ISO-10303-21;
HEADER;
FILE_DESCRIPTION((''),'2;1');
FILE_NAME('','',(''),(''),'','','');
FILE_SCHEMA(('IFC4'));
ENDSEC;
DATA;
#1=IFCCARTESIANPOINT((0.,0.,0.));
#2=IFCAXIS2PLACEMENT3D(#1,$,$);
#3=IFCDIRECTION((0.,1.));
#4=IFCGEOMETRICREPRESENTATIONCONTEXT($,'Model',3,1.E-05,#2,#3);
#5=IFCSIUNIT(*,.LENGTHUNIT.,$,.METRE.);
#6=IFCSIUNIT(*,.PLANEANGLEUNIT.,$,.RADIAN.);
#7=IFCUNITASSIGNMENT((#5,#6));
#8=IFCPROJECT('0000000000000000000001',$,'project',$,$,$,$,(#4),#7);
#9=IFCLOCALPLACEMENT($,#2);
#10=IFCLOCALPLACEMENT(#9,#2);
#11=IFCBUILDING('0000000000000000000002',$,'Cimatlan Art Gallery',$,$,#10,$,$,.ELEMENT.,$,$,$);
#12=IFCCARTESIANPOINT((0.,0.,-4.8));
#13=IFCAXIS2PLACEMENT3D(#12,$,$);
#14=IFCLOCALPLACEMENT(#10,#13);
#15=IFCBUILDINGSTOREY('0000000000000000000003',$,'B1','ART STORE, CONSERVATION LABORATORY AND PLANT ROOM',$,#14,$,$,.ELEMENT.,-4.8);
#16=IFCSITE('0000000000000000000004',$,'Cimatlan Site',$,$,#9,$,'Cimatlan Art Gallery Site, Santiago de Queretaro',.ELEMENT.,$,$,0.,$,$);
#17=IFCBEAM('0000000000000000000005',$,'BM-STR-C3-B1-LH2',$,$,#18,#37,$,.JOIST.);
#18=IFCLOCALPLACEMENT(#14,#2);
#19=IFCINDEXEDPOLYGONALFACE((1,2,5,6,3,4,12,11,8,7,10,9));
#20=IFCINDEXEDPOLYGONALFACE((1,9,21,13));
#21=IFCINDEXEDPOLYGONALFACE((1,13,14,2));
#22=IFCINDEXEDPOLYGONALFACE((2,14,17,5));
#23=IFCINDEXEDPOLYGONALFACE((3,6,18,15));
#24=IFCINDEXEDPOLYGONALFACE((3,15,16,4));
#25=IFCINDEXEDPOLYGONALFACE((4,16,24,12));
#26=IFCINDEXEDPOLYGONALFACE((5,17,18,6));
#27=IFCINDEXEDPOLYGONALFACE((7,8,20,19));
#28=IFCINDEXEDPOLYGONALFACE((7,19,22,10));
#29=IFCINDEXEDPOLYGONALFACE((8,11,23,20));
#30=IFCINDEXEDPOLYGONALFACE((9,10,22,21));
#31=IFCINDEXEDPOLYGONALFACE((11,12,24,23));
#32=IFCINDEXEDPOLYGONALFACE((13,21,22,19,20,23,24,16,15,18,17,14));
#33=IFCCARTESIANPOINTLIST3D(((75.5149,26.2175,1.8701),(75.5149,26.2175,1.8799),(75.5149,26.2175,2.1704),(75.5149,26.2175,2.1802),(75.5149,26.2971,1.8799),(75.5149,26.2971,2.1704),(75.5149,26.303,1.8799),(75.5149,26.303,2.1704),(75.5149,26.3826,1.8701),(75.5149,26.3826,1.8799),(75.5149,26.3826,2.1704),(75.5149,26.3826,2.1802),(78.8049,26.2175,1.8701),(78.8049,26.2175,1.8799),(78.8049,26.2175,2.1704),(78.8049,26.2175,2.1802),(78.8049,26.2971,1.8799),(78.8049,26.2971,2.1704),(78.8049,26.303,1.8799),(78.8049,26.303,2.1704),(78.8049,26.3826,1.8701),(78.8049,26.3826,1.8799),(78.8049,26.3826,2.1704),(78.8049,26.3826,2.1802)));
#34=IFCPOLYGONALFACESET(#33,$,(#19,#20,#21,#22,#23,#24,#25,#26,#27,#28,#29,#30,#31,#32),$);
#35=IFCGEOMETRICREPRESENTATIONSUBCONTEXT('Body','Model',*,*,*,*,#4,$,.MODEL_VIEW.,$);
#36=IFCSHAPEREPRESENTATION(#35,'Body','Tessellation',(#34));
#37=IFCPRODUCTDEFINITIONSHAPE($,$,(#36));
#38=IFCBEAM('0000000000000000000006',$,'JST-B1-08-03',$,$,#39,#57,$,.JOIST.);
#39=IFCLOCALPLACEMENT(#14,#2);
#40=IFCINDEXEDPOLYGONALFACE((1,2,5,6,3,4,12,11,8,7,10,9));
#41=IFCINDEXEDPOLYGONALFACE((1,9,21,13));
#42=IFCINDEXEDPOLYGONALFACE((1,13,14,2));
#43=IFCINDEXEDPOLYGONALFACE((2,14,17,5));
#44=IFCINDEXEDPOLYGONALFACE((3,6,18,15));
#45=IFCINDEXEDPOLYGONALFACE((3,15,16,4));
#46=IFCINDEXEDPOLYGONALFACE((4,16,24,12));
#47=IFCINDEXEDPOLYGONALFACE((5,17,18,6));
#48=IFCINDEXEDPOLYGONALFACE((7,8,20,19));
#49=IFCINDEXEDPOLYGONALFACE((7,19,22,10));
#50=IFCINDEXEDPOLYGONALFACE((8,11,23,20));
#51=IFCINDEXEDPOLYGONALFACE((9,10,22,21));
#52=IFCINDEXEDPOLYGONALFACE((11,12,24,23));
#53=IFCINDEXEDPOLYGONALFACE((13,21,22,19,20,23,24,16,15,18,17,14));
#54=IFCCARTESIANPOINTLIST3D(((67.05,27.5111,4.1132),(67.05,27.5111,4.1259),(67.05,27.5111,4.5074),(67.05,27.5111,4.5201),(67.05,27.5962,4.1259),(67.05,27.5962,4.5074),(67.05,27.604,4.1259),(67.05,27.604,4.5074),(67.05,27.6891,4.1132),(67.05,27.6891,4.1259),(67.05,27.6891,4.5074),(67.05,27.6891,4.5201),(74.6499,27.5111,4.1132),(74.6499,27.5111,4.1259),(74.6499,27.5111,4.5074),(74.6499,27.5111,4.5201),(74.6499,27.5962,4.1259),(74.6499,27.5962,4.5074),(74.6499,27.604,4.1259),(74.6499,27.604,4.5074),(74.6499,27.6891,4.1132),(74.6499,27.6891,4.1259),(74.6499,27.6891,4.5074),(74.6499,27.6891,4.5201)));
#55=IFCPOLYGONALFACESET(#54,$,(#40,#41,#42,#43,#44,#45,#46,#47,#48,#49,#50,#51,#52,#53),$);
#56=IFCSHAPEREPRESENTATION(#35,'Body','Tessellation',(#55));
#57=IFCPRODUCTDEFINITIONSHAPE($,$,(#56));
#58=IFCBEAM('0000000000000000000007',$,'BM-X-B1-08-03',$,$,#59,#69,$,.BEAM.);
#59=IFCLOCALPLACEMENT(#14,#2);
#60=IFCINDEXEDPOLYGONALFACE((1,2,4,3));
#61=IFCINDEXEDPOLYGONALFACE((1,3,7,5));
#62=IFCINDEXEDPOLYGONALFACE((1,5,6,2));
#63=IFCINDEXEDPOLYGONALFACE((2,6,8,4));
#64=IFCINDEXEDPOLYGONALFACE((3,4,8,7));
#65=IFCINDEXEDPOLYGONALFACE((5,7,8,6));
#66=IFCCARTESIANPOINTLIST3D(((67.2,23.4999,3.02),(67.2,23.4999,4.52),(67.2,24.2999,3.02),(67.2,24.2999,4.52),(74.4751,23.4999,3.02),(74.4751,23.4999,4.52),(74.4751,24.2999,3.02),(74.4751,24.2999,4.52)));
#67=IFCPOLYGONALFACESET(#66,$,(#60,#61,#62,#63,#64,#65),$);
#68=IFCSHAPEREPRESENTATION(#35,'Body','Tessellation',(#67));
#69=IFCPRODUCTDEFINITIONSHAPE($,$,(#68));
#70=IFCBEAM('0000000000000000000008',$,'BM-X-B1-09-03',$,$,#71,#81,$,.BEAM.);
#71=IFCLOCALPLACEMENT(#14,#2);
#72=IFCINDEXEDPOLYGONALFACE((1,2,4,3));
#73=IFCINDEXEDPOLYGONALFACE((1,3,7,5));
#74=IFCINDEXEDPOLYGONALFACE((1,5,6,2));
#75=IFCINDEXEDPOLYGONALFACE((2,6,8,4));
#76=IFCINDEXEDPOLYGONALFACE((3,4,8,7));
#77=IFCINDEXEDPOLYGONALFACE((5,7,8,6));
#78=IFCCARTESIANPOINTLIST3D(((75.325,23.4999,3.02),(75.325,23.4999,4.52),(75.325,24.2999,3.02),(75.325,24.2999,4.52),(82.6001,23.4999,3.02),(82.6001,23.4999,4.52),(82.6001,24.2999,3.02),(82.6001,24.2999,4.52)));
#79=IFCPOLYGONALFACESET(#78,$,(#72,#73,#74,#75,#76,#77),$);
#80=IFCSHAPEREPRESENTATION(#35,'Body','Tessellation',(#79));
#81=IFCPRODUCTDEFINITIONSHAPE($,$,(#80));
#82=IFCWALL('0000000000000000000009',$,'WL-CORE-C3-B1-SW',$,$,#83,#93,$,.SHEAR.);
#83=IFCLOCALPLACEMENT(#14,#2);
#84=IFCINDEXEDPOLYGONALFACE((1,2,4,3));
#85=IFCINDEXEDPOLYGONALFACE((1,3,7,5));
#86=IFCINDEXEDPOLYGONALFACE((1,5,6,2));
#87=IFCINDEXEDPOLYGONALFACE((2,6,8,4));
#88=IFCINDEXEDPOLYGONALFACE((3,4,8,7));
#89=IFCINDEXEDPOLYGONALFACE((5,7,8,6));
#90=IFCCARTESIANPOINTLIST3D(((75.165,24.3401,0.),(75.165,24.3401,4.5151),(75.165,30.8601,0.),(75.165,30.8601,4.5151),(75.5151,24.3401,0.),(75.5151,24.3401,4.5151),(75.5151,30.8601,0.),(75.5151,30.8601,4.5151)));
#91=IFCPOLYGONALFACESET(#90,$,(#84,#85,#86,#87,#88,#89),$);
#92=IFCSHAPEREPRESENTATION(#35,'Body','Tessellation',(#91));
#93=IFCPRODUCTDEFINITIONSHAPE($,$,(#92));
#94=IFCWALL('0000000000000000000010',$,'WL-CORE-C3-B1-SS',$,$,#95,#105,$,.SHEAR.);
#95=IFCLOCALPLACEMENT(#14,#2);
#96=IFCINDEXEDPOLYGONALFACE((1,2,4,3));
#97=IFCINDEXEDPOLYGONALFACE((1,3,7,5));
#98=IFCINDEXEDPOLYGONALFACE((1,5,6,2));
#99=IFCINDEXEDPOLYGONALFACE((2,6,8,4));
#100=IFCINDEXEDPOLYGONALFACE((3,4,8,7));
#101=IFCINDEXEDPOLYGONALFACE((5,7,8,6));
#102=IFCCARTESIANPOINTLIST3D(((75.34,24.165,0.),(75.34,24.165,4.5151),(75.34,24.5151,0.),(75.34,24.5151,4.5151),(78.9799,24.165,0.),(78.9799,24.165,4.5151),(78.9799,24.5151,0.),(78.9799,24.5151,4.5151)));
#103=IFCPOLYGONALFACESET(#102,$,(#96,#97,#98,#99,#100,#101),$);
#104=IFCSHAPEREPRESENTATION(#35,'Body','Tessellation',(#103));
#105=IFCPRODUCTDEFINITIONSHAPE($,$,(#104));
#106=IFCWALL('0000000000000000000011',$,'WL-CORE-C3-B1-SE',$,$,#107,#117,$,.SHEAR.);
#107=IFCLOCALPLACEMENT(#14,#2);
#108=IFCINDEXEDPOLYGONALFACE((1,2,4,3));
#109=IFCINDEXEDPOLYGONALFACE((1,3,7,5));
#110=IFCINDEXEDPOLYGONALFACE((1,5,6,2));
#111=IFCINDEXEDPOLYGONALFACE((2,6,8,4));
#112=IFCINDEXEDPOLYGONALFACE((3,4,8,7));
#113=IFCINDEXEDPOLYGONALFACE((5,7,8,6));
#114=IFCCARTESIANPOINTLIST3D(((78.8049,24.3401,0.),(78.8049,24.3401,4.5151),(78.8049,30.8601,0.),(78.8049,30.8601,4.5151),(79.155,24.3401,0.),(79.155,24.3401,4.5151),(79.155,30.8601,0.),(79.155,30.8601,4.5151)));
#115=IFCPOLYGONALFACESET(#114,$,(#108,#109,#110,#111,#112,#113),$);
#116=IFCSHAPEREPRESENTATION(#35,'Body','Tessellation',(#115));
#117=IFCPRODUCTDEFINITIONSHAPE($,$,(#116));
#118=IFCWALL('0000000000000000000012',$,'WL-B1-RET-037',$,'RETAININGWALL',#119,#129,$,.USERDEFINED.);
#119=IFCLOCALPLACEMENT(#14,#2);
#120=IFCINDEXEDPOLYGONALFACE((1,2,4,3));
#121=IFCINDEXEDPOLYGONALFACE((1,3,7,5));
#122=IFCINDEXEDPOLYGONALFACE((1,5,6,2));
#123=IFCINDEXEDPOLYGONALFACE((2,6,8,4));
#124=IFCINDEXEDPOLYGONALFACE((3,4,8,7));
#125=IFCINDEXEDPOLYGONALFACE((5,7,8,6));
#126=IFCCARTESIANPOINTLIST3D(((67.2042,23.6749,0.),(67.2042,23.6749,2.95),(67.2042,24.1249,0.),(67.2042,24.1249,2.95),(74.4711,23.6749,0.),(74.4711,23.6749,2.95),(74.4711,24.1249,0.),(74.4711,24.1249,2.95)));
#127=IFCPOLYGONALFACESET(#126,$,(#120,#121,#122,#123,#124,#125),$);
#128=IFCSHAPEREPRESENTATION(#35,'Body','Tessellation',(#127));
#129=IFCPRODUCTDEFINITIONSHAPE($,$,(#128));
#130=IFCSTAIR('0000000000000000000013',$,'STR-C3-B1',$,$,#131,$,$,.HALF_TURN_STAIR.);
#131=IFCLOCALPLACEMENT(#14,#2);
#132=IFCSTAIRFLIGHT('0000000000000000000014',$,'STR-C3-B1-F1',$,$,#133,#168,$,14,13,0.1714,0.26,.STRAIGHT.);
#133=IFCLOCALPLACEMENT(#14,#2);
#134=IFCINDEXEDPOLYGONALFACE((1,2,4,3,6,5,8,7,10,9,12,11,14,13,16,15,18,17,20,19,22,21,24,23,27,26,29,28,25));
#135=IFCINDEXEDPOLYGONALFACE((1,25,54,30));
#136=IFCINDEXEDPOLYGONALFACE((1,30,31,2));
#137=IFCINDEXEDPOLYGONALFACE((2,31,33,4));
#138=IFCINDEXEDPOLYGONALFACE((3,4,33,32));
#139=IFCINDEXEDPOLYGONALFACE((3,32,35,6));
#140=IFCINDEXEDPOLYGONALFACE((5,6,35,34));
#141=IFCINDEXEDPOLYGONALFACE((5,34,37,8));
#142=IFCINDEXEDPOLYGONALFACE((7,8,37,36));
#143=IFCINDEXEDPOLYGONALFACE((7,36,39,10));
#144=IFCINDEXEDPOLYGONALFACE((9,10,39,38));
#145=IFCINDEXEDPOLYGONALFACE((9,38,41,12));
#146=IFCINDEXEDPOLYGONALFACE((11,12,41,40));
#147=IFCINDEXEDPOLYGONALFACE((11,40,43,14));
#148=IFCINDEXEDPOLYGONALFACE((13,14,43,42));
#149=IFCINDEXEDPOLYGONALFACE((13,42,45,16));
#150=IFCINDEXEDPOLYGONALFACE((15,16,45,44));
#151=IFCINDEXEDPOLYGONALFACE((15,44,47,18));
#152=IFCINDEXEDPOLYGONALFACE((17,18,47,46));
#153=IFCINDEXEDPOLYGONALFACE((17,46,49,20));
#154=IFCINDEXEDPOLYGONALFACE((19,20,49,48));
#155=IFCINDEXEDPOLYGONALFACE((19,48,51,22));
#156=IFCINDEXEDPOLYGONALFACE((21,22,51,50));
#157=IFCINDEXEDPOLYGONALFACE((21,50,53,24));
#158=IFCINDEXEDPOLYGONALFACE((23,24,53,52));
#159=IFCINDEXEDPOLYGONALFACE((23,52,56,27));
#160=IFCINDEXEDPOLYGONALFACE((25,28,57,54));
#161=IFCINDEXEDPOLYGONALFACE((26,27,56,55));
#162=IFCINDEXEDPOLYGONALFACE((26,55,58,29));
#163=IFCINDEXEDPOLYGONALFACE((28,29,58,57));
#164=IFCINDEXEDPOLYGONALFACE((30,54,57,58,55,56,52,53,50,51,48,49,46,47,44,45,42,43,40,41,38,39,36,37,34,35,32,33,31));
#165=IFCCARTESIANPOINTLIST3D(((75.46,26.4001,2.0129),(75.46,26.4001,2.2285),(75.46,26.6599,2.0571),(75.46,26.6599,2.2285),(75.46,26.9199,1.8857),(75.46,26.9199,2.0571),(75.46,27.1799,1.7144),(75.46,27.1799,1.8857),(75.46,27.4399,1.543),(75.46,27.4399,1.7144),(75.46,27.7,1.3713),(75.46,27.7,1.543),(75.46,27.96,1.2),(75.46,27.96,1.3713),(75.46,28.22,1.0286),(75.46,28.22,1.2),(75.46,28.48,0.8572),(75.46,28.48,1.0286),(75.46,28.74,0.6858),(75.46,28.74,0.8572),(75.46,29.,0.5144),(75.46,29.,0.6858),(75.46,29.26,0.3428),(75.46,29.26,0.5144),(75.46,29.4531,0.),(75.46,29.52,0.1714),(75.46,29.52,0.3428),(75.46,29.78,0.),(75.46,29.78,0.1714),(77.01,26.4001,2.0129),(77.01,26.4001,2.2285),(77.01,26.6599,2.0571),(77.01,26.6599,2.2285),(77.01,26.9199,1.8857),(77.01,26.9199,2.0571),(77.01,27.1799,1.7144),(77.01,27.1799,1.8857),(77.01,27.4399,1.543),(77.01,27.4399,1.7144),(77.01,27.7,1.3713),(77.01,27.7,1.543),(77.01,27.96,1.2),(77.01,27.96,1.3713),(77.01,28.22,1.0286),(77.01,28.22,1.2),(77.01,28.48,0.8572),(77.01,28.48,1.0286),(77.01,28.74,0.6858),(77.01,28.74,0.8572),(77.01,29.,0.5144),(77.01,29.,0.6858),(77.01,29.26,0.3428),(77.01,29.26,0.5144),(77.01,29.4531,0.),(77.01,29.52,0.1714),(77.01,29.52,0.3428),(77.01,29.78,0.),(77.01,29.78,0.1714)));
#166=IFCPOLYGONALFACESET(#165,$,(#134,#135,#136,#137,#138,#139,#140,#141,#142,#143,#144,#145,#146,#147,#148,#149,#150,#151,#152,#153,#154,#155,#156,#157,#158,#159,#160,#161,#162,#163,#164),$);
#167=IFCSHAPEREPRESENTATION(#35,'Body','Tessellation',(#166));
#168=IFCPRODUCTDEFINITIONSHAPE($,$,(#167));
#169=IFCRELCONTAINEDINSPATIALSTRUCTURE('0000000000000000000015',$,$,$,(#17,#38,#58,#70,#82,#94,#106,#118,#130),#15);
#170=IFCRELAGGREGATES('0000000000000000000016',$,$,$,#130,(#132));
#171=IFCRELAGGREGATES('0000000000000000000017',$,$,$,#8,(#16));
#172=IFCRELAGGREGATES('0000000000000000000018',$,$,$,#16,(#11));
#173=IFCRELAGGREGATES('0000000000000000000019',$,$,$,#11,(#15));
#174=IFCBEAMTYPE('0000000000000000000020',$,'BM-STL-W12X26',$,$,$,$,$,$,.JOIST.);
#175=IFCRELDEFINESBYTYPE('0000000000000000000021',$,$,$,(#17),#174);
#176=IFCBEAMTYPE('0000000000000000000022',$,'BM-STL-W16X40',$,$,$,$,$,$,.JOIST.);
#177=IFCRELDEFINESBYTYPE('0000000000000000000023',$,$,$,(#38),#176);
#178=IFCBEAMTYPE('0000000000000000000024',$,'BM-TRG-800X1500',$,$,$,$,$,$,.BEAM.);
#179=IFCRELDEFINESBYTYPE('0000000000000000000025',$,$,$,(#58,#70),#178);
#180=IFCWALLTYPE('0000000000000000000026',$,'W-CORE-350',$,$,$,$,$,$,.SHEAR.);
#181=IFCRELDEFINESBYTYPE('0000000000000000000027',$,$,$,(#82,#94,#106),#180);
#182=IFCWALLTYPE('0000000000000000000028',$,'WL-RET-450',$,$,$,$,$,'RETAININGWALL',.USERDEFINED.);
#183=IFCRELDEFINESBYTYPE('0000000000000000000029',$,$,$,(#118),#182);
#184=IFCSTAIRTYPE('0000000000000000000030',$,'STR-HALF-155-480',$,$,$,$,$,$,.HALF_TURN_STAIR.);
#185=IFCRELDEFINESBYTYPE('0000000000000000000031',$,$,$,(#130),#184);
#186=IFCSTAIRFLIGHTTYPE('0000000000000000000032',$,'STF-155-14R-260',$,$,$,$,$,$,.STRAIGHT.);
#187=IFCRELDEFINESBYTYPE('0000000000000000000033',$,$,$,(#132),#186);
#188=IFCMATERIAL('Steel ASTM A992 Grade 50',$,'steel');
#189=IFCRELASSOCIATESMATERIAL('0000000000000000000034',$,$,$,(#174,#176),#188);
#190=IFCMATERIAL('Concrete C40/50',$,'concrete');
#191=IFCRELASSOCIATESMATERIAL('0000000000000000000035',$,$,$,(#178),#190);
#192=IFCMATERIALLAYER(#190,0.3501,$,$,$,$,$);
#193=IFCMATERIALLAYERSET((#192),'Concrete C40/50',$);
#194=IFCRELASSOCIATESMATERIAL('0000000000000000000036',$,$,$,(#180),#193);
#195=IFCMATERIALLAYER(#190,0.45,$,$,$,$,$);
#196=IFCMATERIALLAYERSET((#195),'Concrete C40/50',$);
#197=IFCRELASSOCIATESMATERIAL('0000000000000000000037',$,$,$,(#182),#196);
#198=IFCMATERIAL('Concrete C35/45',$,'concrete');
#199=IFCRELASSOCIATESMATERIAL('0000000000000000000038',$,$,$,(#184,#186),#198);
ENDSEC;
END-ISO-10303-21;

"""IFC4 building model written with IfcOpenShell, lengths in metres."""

from ifc_helpers import new_model, si_unit, direction, frame, frame_2d, origin, origin_2d, place, context, subcontext, project, spatial, polyline, rectangle, i_section, outline, extrude, material, layer, layer_set, material_profile, profile_set, type_object, element, aggregate, save


model = new_model("IFC4")

# Units and contexts
model_context = context("Model", 3, precision=1e-05, world=origin(), true_north=direction((0.0, 1.0)))
body_context = subcontext(model_context, "Body", "Model", "MODEL_VIEW")
ifc_project = project(units=[si_unit("LENGTHUNIT", "METRE"), si_unit("PLANEANGLEUNIT", "RADIAN")], contexts=[model_context])

# Site, building, storey
site_placement = place(None, origin())
site = spatial("IfcSite", under=ifc_project, at=site_placement, Name="Cimatlan Site", LongName="Cimatlan Art Gallery Site, Santiago de Queretaro", CompositionType="ELEMENT", RefElevation=0.0)
building_placement = place(site_placement, origin())
building = spatial("IfcBuilding", under=site, at=building_placement, Name="Cimatlan Art Gallery", CompositionType="ELEMENT")
storey_placement = place(building_placement, frame((0.0, 0.0, -4.8)))
storey = spatial("IfcBuildingStorey", under=building, at=storey_placement, Name="B1", Description="ART STORE, CONSERVATION LABORATORY AND PLANT ROOM", CompositionType="ELEMENT", Elevation=-4.8)

# Shared definitions
ifc_material_1 = material(Name="Concrete C40/50", Category="concrete")

# Beams
ifc_material_2 = material(Name="Steel ASTM A992 Grade 50", Category="steel")
ifc_material_profile_1 = material_profile(ifc_material_2, i_section(OverallWidth=0.165, OverallDepth=0.3101, WebThickness=0.0059, FlangeThickness=0.0098, at=origin_2d()), Name="W12X26")
ifc_profile_set_1 = profile_set([ifc_material_profile_1], Name="Steel ASTM A992 Grade 50")
beam_type_1 = type_object("IfcBeamType", Name="BM-STL-W12X26", PredefinedType="JOIST", material=ifc_profile_set_1)
for number, where, z_axis, x_axis, name in (
    (1, (75.5149, 26.3, 2.0251), (1.0, 0.0, 0.0), (0.0, 1.0, 0.0), "BM-STR-C3-B1-LH2"),
):
    element("IfcBeam", number, at=place(storey_placement, frame(where, z_axis=z_axis, x_axis=x_axis)), inside=storey, type_object=beam_type_1, Name=name, PredefinedType="JOIST", context=body_context, shape_type="SweptSolid", body=[
        extrude(i_section(OverallWidth=0.165, OverallDepth=0.3101, WebThickness=0.0059, FlangeThickness=0.0098, at=origin_2d()), origin(), (0.0, 0.0, 1.0), 3.29),
    ])
ifc_material_profile_2 = material_profile(ifc_material_2, i_section(OverallWidth=0.178, OverallDepth=0.407, WebThickness=0.0078, FlangeThickness=0.0127, at=origin_2d()), Name="W16X40")
ifc_profile_set_2 = profile_set([ifc_material_profile_2], Name="Steel ASTM A992 Grade 50")
beam_type_2 = type_object("IfcBeamType", Name="BM-STL-W16X40", PredefinedType="JOIST", material=ifc_profile_set_2)
beam_1_placement = place(storey_placement, frame((67.05, 27.6001, 4.3167), z_axis=(1.0, 0.0, 0.0), x_axis=(0.0, 1.0, 0.0)))
element("IfcBeam", 2, at=beam_1_placement, inside=storey, type_object=beam_type_2, Name="JST-B1-08-03", PredefinedType="JOIST", context=body_context, shape_type="SweptSolid", body=[
    extrude(i_section(OverallWidth=0.178, OverallDepth=0.407, WebThickness=0.0078, FlangeThickness=0.0127, at=origin_2d()), origin(), (0.0, 0.0, 1.0), 7.5999),
])
ifc_material_profile_3 = material_profile(ifc_material_1, rectangle(XDim=0.8, YDim=1.5, at=origin_2d()), Name="RC800X1500")
ifc_profile_set_3 = profile_set([ifc_material_profile_3], Name="Concrete C40/50")
beam_type_3 = type_object("IfcBeamType", Name="BM-TRG-800X1500", PredefinedType="BEAM", material=ifc_profile_set_3)
for number, where, z_axis, x_axis, name in (
    (3, (67.2, 23.8999, 3.77), (1.0, 0.0, 0.0), (0.0, 1.0, 0.0), "BM-X-B1-08-03"),
    (4, (75.325, 23.8999, 3.77), (1.0, 0.0, 0.0), (0.0, 1.0, 0.0), "BM-X-B1-09-03"),
):
    element("IfcBeam", number, at=place(storey_placement, frame(where, z_axis=z_axis, x_axis=x_axis)), inside=storey, type_object=beam_type_3, Name=name, PredefinedType="BEAM", context=body_context, shape_type="SweptSolid", body=[
        extrude(rectangle(XDim=0.8, YDim=1.5, at=origin_2d()), origin(), (0.0, 0.0, 1.0), 7.2751),
    ])

# Walls
ifc_layer_1 = layer(ifc_material_1, 0.3501)
ifc_layer_set_1 = layer_set([ifc_layer_1], Name="Concrete C40/50")
wall_type_1 = type_object("IfcWallType", Name="W-CORE-350", PredefinedType="SHEAR", material=ifc_layer_set_1)
wall_1_placement = place(storey_placement, frame((75.3401, 24.3401, 0.0), z_axis=(0.0, 0.0, 1.0), x_axis=(0.0, 1.0, 0.0)))
element("IfcWall", 5, at=wall_1_placement, inside=storey, type_object=wall_type_1, Name="WL-CORE-C3-B1-SW", PredefinedType="SHEAR", context=body_context, shape_type="SweptSolid", body=[
    extrude(rectangle(XDim=6.52, YDim=0.3501, at=frame_2d((3.26, 0.0))), origin(), (0.0, 0.0, 1.0), 4.5151),
])
wall_2_placement = place(storey_placement, frame((75.3401, 24.3401, 0.0), z_axis=(0.0, 0.0, 1.0), x_axis=(1.0, 0.0, 0.0)))
element("IfcWall", 6, at=wall_2_placement, inside=storey, type_object=wall_type_1, Name="WL-CORE-C3-B1-SS", PredefinedType="SHEAR", context=body_context, shape_type="SweptSolid", body=[
    extrude(rectangle(XDim=3.6399, YDim=0.3501, at=frame_2d((1.8198, 0.0))), origin(), (0.0, 0.0, 1.0), 4.5151),
])
wall_3_placement = place(storey_placement, frame((78.98, 24.3401, 0.0), z_axis=(0.0, 0.0, 1.0), x_axis=(0.0, 1.0, 0.0)))
element("IfcWall", 7, at=wall_3_placement, inside=storey, type_object=wall_type_1, Name="WL-CORE-C3-B1-SE", PredefinedType="SHEAR", context=body_context, shape_type="SweptSolid", body=[
    extrude(rectangle(XDim=6.52, YDim=0.3501, at=frame_2d((3.26, 0.0))), origin(), (0.0, 0.0, 1.0), 4.5151),
])
ifc_layer_2 = layer(ifc_material_1, 0.45)
ifc_layer_set_2 = layer_set([ifc_layer_2], Name="Concrete C40/50")
wall_type_2 = type_object("IfcWallType", Name="WL-RET-450", ElementType="RETAININGWALL", PredefinedType="USERDEFINED", material=ifc_layer_set_2)
wall_4_placement = place(storey_placement, frame((74.4709, 23.8999, 0.0), z_axis=(0.0, 0.0, 1.0), x_axis=(-1.0, 0.0, 0.0)))
element("IfcWall", 8, at=wall_4_placement, inside=storey, type_object=wall_type_2, Name="WL-B1-RET-037", ObjectType="RETAININGWALL", PredefinedType="USERDEFINED", context=body_context, shape_type="SweptSolid", body=[
    extrude(rectangle(XDim=7.2668, YDim=0.45, at=frame_2d((3.6333, 0.0))), origin(), (0.0, 0.0, 1.0), 2.95),
])

# Stair, stair flight
ifc_material_3 = material(Name="Concrete C35/45", Category="concrete")
stair_type = type_object("IfcStairType", Name="STR-HALF-155-480", PredefinedType="HALF_TURN_STAIR", material=ifc_material_3)
stair_placement = place(storey_placement, origin())
stair = element("IfcStair", 9, at=stair_placement, inside=storey, type_object=stair_type, Name="STR-C3-B1", PredefinedType="HALF_TURN_STAIR")
stair_flight_type = type_object("IfcStairFlightType", Name="STF-155-14R-260", PredefinedType="STRAIGHT", material=ifc_material_3)
stair_flight_1_placement = place(storey_placement, frame((76.2351, 29.78, 0.0), z_axis=(0.0, 0.0, 1.0), x_axis=(0.0, -1.0, 0.0)))
stair_flight_1 = element("IfcStairFlight", 10, at=stair_flight_1_placement, type_object=stair_flight_type, Name="STR-C3-B1-F1", NumberOfRisers=14, NumberOfTreads=13, PredefinedType="STRAIGHT", RiserHeight=0.1714, TreadLength=0.26, context=body_context, shape_type="SweptSolid", body=[
    extrude(outline(polyline([(0.0, 0.0), (0.0, 0.1714), (0.26, 0.1714), (0.26, 0.3428), (0.52, 0.3428), (0.52, 0.5144), (0.78, 0.5144), (0.78, 0.6858), (1.04, 0.6858), (1.04, 0.8572), (1.3, 0.8572), (1.3, 1.0286), (1.5601, 1.0286), (1.5601, 1.2), (1.8201, 1.2), (1.8201, 1.3713), (2.0801, 1.3713), (2.0801, 1.543), (2.3401, 1.543), (2.3401, 1.7144), (2.6001, 1.7144), (2.6001, 1.8857), (2.8601, 1.8857), (2.8601, 2.0571), (3.1201, 2.0571), (3.1201, 2.2285), (3.3799, 2.2285), (3.3799, 2.3999), (3.3799, 2.0129), (0.3269, 0.0), (0.0, 0.0)])), frame((0.0, 0.7749, 0.0), z_axis=(0.0, -1.0, 0.0), x_axis=(1.0, 0.0, 0.0)), (0.0, 0.0, 1.0), 1.55),
])
aggregate(stair, [stair_flight_1])

save(model, "model.ifc")
